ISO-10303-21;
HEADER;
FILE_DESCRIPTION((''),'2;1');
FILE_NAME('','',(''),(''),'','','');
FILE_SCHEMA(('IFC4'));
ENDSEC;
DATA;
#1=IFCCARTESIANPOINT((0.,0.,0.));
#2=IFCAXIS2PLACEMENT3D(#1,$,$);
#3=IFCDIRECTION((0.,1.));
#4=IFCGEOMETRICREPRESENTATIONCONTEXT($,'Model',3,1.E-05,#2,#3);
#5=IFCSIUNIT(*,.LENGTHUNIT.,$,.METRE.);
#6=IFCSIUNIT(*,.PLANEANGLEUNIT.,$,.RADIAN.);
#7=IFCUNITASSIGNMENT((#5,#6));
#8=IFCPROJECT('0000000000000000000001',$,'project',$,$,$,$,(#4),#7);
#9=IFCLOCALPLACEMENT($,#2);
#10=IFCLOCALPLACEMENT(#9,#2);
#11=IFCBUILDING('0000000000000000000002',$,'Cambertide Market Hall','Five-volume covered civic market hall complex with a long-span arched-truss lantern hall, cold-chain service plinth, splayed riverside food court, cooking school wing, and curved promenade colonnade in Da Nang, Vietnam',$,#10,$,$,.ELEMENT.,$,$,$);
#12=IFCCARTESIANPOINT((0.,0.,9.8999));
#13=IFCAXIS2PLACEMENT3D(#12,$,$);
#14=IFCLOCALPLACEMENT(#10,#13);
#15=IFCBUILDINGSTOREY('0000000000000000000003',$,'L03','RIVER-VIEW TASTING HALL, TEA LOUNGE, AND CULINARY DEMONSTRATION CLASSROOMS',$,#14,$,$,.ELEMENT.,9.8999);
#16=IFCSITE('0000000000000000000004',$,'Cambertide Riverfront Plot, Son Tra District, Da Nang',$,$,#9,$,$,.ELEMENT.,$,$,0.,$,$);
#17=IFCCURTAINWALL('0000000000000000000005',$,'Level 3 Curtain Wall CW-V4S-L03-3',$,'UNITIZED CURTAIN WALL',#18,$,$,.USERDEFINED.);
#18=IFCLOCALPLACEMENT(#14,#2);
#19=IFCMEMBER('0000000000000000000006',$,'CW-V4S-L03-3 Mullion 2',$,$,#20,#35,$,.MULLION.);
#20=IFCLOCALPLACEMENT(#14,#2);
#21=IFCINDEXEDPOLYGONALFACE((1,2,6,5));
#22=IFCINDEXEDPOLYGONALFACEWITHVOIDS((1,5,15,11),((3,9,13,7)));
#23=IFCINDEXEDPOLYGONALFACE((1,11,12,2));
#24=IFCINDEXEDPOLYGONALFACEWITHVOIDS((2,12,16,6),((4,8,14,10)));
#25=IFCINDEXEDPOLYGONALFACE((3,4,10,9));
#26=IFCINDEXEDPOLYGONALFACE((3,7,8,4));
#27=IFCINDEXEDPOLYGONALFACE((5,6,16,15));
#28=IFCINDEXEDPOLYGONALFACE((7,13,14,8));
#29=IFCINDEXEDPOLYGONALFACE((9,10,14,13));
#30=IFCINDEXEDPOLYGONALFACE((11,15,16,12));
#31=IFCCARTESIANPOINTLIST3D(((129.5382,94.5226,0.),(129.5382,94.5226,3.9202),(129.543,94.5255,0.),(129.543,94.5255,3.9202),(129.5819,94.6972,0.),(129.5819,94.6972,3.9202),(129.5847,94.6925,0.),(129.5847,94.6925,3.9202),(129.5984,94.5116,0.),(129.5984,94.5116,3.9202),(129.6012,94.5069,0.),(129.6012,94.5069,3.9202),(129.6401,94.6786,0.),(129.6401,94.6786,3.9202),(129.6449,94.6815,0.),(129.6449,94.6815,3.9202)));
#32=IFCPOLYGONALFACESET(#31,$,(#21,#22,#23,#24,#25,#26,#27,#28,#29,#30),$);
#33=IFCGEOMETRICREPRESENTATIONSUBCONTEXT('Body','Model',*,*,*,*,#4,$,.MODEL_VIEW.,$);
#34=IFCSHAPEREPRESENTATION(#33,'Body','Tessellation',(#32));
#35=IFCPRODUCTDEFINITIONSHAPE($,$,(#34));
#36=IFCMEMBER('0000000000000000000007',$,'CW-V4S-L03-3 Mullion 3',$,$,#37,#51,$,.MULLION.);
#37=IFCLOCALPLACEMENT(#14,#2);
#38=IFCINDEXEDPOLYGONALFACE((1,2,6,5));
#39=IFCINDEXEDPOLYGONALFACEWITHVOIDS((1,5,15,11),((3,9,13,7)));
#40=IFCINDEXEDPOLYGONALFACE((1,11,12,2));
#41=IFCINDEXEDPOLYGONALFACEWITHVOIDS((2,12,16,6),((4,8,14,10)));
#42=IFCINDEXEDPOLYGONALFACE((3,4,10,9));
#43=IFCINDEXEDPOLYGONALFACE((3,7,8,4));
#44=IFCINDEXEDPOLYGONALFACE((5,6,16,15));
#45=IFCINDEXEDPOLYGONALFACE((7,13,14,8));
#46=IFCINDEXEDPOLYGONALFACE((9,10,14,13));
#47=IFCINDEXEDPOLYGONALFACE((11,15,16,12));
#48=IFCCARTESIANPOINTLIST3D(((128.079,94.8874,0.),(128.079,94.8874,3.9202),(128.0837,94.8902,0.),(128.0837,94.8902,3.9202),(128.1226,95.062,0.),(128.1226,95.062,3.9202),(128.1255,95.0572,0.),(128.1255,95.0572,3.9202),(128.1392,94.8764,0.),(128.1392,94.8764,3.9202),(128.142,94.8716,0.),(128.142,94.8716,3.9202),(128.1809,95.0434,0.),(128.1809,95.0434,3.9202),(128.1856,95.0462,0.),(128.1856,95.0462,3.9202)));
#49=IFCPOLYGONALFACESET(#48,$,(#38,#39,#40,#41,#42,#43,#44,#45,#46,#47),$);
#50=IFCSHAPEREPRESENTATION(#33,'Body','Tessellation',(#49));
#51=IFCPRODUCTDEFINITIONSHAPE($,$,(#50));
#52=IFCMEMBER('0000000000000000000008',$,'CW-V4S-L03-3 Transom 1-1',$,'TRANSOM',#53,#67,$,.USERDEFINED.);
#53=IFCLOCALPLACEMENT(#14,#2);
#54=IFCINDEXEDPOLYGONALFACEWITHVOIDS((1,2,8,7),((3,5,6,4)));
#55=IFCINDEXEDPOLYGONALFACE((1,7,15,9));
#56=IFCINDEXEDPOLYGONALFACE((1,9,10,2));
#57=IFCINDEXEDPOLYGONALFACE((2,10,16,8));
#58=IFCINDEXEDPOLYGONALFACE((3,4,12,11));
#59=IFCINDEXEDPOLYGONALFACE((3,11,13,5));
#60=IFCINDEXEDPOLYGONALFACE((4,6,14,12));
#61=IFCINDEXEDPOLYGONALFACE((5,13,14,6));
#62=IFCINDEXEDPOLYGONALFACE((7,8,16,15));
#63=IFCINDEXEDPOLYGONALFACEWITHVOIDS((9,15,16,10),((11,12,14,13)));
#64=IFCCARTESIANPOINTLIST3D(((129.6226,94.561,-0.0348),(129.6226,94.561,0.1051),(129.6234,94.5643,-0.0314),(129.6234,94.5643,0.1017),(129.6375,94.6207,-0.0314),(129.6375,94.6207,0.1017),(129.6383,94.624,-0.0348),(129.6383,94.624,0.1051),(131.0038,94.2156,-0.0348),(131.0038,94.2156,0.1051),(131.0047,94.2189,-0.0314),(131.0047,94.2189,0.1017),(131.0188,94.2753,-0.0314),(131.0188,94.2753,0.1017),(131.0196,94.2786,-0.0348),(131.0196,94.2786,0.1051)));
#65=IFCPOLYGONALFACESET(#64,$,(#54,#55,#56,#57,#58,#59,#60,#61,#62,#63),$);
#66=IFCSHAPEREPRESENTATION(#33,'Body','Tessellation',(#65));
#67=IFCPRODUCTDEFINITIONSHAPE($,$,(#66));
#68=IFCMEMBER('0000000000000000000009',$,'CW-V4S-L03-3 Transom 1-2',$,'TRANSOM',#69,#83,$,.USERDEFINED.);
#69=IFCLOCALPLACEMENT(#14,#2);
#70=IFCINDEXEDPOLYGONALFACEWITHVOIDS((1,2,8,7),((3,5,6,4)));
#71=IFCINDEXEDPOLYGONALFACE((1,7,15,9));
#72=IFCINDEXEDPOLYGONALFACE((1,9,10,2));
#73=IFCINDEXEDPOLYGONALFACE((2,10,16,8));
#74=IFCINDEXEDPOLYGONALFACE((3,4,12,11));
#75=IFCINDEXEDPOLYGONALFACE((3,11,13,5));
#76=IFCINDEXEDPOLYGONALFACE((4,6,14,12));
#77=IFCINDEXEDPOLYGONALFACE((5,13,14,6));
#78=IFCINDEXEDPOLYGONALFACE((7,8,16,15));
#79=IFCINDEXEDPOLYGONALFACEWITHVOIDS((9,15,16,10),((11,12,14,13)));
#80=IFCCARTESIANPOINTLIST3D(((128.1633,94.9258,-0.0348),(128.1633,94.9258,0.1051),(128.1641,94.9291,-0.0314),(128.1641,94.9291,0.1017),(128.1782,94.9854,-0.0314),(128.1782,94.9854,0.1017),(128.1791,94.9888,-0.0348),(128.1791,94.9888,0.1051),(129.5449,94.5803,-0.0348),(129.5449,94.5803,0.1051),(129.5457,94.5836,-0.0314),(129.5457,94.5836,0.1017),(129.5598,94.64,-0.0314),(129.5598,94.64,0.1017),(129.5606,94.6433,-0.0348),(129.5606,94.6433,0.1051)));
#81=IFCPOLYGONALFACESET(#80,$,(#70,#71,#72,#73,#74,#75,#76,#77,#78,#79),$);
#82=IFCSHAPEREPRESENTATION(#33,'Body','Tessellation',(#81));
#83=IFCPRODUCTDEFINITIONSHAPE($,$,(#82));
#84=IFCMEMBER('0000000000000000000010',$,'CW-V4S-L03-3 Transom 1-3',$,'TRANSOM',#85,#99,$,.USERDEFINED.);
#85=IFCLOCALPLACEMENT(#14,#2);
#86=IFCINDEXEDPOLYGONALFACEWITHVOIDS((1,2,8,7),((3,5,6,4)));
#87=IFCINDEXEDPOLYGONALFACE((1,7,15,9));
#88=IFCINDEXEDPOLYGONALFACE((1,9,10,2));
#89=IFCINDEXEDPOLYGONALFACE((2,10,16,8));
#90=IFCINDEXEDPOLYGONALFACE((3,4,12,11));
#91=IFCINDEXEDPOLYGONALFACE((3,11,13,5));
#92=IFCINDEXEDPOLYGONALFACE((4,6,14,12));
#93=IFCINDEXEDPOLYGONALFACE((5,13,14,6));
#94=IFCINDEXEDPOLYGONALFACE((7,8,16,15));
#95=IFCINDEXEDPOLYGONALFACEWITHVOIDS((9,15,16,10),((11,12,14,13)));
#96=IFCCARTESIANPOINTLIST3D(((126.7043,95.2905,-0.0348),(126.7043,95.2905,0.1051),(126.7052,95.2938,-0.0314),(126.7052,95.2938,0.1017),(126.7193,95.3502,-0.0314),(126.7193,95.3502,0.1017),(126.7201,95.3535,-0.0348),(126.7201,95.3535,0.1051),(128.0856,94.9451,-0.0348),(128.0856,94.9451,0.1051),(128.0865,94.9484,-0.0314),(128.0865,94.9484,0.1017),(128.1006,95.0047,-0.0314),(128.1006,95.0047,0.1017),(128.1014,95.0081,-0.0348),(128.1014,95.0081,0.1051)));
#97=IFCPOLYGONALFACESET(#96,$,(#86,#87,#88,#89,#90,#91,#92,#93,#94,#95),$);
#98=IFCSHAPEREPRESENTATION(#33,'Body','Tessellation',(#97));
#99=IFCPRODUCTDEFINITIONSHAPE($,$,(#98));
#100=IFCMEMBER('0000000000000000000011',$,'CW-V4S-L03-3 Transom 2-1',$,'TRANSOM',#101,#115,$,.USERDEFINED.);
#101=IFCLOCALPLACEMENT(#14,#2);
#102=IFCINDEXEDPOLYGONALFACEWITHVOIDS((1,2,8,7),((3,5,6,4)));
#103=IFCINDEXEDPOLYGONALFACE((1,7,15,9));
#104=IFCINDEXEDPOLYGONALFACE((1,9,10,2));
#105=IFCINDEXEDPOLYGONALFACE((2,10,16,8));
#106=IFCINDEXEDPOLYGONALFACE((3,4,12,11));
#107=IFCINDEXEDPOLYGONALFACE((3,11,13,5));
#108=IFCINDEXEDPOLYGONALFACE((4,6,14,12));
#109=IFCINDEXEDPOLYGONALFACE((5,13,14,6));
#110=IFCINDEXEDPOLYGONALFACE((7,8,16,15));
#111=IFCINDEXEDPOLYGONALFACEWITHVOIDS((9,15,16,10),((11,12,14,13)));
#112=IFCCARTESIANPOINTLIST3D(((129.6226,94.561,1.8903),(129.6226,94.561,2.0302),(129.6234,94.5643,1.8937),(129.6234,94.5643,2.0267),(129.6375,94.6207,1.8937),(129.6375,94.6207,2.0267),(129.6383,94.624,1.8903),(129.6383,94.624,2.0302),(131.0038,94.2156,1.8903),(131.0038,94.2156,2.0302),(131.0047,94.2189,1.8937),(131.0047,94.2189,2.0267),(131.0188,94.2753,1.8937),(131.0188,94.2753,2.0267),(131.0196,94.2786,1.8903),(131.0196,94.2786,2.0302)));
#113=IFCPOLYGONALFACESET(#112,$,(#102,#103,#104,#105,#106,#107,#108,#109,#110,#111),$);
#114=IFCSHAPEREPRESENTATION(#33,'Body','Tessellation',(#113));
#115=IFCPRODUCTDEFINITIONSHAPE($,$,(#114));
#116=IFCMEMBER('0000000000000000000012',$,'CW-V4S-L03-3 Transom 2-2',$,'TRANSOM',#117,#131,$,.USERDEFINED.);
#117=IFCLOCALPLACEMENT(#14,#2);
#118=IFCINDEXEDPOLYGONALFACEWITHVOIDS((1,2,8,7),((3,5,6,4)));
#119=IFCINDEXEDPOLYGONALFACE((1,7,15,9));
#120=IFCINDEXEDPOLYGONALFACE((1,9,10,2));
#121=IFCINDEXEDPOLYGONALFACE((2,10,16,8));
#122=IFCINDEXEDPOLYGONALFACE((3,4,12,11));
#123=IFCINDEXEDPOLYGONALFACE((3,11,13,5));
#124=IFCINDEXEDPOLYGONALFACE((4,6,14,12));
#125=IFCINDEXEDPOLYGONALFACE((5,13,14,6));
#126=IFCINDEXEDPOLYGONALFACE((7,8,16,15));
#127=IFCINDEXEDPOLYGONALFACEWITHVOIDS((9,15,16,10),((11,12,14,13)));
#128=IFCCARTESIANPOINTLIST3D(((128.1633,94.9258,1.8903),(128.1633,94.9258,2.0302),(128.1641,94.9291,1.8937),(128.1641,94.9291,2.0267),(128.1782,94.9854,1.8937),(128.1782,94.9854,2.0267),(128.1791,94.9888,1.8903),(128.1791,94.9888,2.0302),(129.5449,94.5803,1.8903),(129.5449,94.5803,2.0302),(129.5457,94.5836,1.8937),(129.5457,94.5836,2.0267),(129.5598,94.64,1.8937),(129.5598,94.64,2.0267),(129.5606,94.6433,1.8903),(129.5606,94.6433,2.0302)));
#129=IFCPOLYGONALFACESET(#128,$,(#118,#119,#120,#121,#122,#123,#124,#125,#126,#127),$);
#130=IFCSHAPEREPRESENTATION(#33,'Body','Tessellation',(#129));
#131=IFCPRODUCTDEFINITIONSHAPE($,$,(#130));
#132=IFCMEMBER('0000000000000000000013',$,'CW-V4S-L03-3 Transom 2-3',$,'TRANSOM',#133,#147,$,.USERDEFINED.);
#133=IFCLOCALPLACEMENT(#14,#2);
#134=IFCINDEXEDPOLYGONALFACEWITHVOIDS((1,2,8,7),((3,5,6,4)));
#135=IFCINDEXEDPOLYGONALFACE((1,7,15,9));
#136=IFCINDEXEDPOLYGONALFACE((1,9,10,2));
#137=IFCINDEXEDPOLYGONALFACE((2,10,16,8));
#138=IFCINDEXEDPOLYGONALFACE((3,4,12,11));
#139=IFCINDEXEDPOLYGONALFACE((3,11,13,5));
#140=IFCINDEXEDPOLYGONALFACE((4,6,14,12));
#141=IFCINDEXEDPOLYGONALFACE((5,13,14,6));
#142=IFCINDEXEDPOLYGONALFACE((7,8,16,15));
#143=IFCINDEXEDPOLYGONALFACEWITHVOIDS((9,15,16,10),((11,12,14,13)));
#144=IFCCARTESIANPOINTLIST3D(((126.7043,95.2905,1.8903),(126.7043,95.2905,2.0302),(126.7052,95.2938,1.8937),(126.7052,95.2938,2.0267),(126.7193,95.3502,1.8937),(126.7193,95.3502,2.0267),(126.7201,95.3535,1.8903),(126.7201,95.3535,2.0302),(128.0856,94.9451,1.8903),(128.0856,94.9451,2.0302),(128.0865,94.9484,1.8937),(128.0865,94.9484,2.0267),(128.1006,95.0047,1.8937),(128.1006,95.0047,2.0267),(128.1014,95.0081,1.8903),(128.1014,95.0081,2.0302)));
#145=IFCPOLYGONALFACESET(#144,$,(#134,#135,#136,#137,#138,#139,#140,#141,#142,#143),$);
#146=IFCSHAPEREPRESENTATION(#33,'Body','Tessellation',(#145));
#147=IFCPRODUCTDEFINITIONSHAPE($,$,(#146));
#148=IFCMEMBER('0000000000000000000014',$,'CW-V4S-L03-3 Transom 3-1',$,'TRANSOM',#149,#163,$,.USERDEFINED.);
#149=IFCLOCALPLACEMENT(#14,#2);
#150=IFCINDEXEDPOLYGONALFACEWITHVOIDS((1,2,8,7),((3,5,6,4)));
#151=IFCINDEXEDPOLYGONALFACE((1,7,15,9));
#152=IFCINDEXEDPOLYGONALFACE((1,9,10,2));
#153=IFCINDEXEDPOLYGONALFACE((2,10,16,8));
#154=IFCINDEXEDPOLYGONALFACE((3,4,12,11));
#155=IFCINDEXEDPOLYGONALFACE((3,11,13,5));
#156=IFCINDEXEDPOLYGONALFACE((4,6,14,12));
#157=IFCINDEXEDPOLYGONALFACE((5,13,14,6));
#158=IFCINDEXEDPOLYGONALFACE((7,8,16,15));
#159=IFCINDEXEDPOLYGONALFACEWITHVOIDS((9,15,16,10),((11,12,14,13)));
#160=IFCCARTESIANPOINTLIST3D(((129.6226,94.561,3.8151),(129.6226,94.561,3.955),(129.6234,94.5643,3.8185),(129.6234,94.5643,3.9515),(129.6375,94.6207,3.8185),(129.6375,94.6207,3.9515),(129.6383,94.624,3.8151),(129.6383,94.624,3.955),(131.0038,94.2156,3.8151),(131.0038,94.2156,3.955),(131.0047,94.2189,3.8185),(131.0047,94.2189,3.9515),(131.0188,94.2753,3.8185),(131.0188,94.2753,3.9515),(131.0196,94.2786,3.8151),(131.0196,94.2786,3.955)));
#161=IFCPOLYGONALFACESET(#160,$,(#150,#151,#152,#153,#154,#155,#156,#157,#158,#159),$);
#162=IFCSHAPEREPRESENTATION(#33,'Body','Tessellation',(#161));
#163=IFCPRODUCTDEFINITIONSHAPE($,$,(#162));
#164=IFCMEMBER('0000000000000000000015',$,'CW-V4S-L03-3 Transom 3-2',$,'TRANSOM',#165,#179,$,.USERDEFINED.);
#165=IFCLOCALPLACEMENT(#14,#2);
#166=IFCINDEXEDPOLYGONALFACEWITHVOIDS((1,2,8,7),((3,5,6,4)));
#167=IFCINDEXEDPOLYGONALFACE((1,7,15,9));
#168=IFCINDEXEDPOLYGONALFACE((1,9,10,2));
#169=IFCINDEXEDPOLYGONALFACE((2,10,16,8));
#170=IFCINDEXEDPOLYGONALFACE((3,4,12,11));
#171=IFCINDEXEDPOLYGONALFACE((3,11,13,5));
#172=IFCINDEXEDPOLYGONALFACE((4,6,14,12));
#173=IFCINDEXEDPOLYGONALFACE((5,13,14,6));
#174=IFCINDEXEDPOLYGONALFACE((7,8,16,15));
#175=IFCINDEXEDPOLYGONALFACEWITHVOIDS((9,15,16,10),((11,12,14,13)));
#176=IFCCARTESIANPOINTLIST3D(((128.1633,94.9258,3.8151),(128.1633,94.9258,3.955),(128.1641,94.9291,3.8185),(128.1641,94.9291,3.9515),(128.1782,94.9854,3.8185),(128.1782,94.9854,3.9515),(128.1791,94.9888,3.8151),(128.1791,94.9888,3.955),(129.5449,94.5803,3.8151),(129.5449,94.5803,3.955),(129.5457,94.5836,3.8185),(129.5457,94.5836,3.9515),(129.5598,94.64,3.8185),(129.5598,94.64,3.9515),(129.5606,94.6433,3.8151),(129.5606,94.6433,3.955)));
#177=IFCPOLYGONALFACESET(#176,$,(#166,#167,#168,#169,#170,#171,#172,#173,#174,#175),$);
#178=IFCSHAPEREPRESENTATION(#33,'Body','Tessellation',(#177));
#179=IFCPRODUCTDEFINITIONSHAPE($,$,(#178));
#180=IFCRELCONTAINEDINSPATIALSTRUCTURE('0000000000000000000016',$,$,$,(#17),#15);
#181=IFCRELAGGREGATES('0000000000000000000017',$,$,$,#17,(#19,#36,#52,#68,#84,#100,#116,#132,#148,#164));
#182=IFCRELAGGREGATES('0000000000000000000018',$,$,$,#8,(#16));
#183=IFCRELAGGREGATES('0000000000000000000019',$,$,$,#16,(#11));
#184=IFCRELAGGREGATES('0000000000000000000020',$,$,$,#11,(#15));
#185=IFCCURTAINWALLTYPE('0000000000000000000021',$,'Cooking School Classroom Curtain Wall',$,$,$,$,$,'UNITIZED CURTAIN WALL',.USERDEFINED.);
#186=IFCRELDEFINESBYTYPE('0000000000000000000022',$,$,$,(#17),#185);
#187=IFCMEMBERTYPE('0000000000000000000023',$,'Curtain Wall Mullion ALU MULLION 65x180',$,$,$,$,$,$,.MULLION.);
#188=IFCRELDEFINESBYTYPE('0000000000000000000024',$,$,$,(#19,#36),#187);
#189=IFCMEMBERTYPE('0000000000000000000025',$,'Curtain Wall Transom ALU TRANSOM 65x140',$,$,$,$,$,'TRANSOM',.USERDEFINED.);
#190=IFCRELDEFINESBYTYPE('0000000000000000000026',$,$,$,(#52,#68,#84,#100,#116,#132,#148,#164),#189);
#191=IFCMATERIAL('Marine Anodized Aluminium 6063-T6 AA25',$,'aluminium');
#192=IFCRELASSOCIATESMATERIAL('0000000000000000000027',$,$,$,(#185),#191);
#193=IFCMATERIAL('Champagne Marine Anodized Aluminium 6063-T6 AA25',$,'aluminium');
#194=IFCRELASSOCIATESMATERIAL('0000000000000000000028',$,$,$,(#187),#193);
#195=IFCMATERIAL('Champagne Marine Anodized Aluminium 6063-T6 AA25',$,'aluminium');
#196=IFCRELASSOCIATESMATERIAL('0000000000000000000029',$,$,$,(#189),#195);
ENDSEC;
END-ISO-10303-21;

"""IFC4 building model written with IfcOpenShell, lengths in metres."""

from ifc_helpers import new_model, si_unit, direction, frame, origin, origin_2d, place, context, subcontext, project, spatial, hollow_rectangle, extrude, material, material_profile, profile_set, type_object, element, aggregate, save


model = new_model("IFC4")

# Units and contexts
model_context = context("Model", 3, precision=1e-05, world=origin(), true_north=direction((0.0, 1.0)))
body_context = subcontext(model_context, "Body", "Model", "MODEL_VIEW")
ifc_project = project(units=[si_unit("LENGTHUNIT", "METRE"), si_unit("PLANEANGLEUNIT", "RADIAN")], contexts=[model_context])

# Site, building, storey
site_placement = place(None, origin())
site = spatial("IfcSite", under=ifc_project, at=site_placement, Name="Cambertide Riverfront Plot, Son Tra District, Da Nang", CompositionType="ELEMENT", RefElevation=0.0)
building_placement = place(site_placement, origin())
building = spatial("IfcBuilding", under=site, at=building_placement, Name="Cambertide Market Hall", Description="Five-volume covered civic market hall complex with a long-span arched-truss lantern hall, cold-chain service plinth, splayed riverside food court, cooking school wing, and curved promenade colonnade in Da Nang, Vietnam", CompositionType="ELEMENT")
storey_placement = place(building_placement, frame((0.0, 0.0, 9.8999)))
storey = spatial("IfcBuildingStorey", under=building, at=storey_placement, Name="L03", Description="RIVER-VIEW TASTING HALL, TEA LOUNGE, AND CULINARY DEMONSTRATION CLASSROOMS", CompositionType="ELEMENT", Elevation=9.8999)

# Curtain wall, members
ifc_material_1 = material(Name="Marine Anodized Aluminium 6063-T6 AA25", Category="aluminium")
curtain_wall_type = type_object("IfcCurtainWallType", Name="Cooking School Classroom Curtain Wall", ElementType="UNITIZED CURTAIN WALL", PredefinedType="USERDEFINED", material=ifc_material_1)
curtain_wall_placement = place(storey_placement, origin())
curtain_wall = element("IfcCurtainWall", 1, at=curtain_wall_placement, inside=storey, type_object=curtain_wall_type, Name="Level 3 Curtain Wall CW-V4S-L03-3", ObjectType="UNITIZED CURTAIN WALL", PredefinedType="USERDEFINED")
ifc_material_2 = material(Name="Champagne Marine Anodized Aluminium 6063-T6 AA25", Category="aluminium")
ifc_material_profile_1 = material_profile(ifc_material_2, hollow_rectangle(XDim=0.0649, YDim=0.1799, WallThickness=0.0039, at=origin_2d()), Name="ALU MULLION 65x180")
ifc_profile_set_1 = profile_set([ifc_material_profile_1], Name="Champagne Marine Anodized Aluminium 6063-T6 AA25")
member_type_1 = type_object("IfcMemberType", Name="Curtain Wall Mullion ALU MULLION 65x180", PredefinedType="MULLION", material=ifc_profile_set_1)
member_1_placement = place(storey_placement, frame((129.5916, 94.6021, 0.0), z_axis=(0.0, 0.0, 1.0), x_axis=(-0.970143, 0.242535, 0.0)))
member_1 = element("IfcMember", 2, at=member_1_placement, type_object=member_type_1, Name="CW-V4S-L03-3 Mullion 2", PredefinedType="MULLION", context=body_context, shape_type="SweptSolid", body=[
    extrude(hollow_rectangle(XDim=0.0649, YDim=0.1799, WallThickness=0.0039, at=origin_2d()), origin(), (0.0, 0.0, 1.0), 3.9202),
])
member_2_placement = place(storey_placement, frame((128.1323, 94.9668, 0.0), z_axis=(0.0, 0.0, 1.0), x_axis=(-0.970143, 0.242535, 0.0)))
member_2 = element("IfcMember", 3, at=member_2_placement, type_object=member_type_1, Name="CW-V4S-L03-3 Mullion 3", PredefinedType="MULLION", context=body_context, shape_type="SweptSolid", body=[
    extrude(hollow_rectangle(XDim=0.0649, YDim=0.1799, WallThickness=0.0039, at=origin_2d()), origin(), (0.0, 0.0, 1.0), 3.9202),
])
ifc_material_3 = material(Name="Champagne Marine Anodized Aluminium 6063-T6 AA25", Category="aluminium")
ifc_material_profile_2 = material_profile(ifc_material_3, hollow_rectangle(XDim=0.0649, YDim=0.1399, WallThickness=0.0034, at=origin_2d()), Name="ALU TRANSOM 65x140")
ifc_profile_set_2 = profile_set([ifc_material_profile_2], Name="Champagne Marine Anodized Aluminium 6063-T6 AA25")
member_type_2 = type_object("IfcMemberType", Name="Curtain Wall Transom ALU TRANSOM 65x140", ElementType="TRANSOM", PredefinedType="USERDEFINED", material=ifc_profile_set_2)
member_3_placement = place(storey_placement, frame((131.0117, 94.2471, 0.0352), z_axis=(-0.970122, 0.242616, 0.0), x_axis=(-0.242616, -0.970122, 0.0)))
member_3 = element("IfcMember", 4, at=member_3_placement, type_object=member_type_2, Name="CW-V4S-L03-3 Transom 1-1", ObjectType="TRANSOM", PredefinedType="USERDEFINED", context=body_context, shape_type="SweptSolid", body=[
    extrude(hollow_rectangle(XDim=0.0649, YDim=0.1399, WallThickness=0.0034, at=origin_2d()), origin(), (0.0, 0.0, 1.0), 1.4238),
])
member_4_placement = place(storey_placement, frame((129.5527, 94.6118, 0.0352), z_axis=(-0.970132, 0.242576, 0.0), x_axis=(-0.242576, -0.970132, 0.0)))
member_4 = element("IfcMember", 5, at=member_4_placement, type_object=member_type_2, Name="CW-V4S-L03-3 Transom 1-2", ObjectType="TRANSOM", PredefinedType="USERDEFINED", context=body_context, shape_type="SweptSolid", body=[
    extrude(hollow_rectangle(XDim=0.0649, YDim=0.1399, WallThickness=0.0034, at=origin_2d()), origin(), (0.0, 0.0, 1.0), 1.4241),
])
member_5_placement = place(storey_placement, frame((128.0935, 94.9766, 0.0352), z_axis=(-0.970122, 0.242616, 0.0), x_axis=(-0.242616, -0.970122, 0.0)))
member_5 = element("IfcMember", 6, at=member_5_placement, type_object=member_type_2, Name="CW-V4S-L03-3 Transom 1-3", ObjectType="TRANSOM", PredefinedType="USERDEFINED", context=body_context, shape_type="SweptSolid", body=[
    extrude(hollow_rectangle(XDim=0.0649, YDim=0.1399, WallThickness=0.0034, at=origin_2d()), origin(), (0.0, 0.0, 1.0), 1.4238),
])
member_6_placement = place(storey_placement, frame((131.0117, 94.2471, 1.9602), z_axis=(-0.970122, 0.242616, 0.0), x_axis=(-0.242616, -0.970122, 0.0)))
member_6 = element("IfcMember", 7, at=member_6_placement, type_object=member_type_2, Name="CW-V4S-L03-3 Transom 2-1", ObjectType="TRANSOM", PredefinedType="USERDEFINED", context=body_context, shape_type="SweptSolid", body=[
    extrude(hollow_rectangle(XDim=0.0649, YDim=0.1399, WallThickness=0.0034, at=origin_2d()), origin(), (0.0, 0.0, 1.0), 1.4238),
])
member_7_placement = place(storey_placement, frame((129.5527, 94.6118, 1.9602), z_axis=(-0.970132, 0.242576, 0.0), x_axis=(-0.242576, -0.970132, 0.0)))
member_7 = element("IfcMember", 8, at=member_7_placement, type_object=member_type_2, Name="CW-V4S-L03-3 Transom 2-2", ObjectType="TRANSOM", PredefinedType="USERDEFINED", context=body_context, shape_type="SweptSolid", body=[
    extrude(hollow_rectangle(XDim=0.0649, YDim=0.1399, WallThickness=0.0034, at=origin_2d()), origin(), (0.0, 0.0, 1.0), 1.4241),
])
member_8_placement = place(storey_placement, frame((128.0935, 94.9766, 1.9602), z_axis=(-0.970122, 0.242616, 0.0), x_axis=(-0.242616, -0.970122, 0.0)))
member_8 = element("IfcMember", 9, at=member_8_placement, type_object=member_type_2, Name="CW-V4S-L03-3 Transom 2-3", ObjectType="TRANSOM", PredefinedType="USERDEFINED", context=body_context, shape_type="SweptSolid", body=[
    extrude(hollow_rectangle(XDim=0.0649, YDim=0.1399, WallThickness=0.0034, at=origin_2d()), origin(), (0.0, 0.0, 1.0), 1.4238),
])
member_9_placement = place(storey_placement, frame((131.0117, 94.2471, 3.885), z_axis=(-0.970122, 0.242616, 0.0), x_axis=(-0.242616, -0.970122, 0.0)))
member_9 = element("IfcMember", 10, at=member_9_placement, type_object=member_type_2, Name="CW-V4S-L03-3 Transom 3-1", ObjectType="TRANSOM", PredefinedType="USERDEFINED", context=body_context, shape_type="SweptSolid", body=[
    extrude(hollow_rectangle(XDim=0.0649, YDim=0.1399, WallThickness=0.0034, at=origin_2d()), origin(), (0.0, 0.0, 1.0), 1.4238),
])
member_10_placement = place(storey_placement, frame((129.5527, 94.6118, 3.885), z_axis=(-0.970132, 0.242576, 0.0), x_axis=(-0.242576, -0.970132, 0.0)))
member_10 = element("IfcMember", 11, at=member_10_placement, type_object=member_type_2, Name="CW-V4S-L03-3 Transom 3-2", ObjectType="TRANSOM", PredefinedType="USERDEFINED", context=body_context, shape_type="SweptSolid", body=[
    extrude(hollow_rectangle(XDim=0.0649, YDim=0.1399, WallThickness=0.0034, at=origin_2d()), origin(), (0.0, 0.0, 1.0), 1.4241),
])
aggregate(curtain_wall, [member_1, member_2, member_3, member_4, member_5, member_6, member_7, member_8, member_9, member_10])

save(model, "model.ifc")
